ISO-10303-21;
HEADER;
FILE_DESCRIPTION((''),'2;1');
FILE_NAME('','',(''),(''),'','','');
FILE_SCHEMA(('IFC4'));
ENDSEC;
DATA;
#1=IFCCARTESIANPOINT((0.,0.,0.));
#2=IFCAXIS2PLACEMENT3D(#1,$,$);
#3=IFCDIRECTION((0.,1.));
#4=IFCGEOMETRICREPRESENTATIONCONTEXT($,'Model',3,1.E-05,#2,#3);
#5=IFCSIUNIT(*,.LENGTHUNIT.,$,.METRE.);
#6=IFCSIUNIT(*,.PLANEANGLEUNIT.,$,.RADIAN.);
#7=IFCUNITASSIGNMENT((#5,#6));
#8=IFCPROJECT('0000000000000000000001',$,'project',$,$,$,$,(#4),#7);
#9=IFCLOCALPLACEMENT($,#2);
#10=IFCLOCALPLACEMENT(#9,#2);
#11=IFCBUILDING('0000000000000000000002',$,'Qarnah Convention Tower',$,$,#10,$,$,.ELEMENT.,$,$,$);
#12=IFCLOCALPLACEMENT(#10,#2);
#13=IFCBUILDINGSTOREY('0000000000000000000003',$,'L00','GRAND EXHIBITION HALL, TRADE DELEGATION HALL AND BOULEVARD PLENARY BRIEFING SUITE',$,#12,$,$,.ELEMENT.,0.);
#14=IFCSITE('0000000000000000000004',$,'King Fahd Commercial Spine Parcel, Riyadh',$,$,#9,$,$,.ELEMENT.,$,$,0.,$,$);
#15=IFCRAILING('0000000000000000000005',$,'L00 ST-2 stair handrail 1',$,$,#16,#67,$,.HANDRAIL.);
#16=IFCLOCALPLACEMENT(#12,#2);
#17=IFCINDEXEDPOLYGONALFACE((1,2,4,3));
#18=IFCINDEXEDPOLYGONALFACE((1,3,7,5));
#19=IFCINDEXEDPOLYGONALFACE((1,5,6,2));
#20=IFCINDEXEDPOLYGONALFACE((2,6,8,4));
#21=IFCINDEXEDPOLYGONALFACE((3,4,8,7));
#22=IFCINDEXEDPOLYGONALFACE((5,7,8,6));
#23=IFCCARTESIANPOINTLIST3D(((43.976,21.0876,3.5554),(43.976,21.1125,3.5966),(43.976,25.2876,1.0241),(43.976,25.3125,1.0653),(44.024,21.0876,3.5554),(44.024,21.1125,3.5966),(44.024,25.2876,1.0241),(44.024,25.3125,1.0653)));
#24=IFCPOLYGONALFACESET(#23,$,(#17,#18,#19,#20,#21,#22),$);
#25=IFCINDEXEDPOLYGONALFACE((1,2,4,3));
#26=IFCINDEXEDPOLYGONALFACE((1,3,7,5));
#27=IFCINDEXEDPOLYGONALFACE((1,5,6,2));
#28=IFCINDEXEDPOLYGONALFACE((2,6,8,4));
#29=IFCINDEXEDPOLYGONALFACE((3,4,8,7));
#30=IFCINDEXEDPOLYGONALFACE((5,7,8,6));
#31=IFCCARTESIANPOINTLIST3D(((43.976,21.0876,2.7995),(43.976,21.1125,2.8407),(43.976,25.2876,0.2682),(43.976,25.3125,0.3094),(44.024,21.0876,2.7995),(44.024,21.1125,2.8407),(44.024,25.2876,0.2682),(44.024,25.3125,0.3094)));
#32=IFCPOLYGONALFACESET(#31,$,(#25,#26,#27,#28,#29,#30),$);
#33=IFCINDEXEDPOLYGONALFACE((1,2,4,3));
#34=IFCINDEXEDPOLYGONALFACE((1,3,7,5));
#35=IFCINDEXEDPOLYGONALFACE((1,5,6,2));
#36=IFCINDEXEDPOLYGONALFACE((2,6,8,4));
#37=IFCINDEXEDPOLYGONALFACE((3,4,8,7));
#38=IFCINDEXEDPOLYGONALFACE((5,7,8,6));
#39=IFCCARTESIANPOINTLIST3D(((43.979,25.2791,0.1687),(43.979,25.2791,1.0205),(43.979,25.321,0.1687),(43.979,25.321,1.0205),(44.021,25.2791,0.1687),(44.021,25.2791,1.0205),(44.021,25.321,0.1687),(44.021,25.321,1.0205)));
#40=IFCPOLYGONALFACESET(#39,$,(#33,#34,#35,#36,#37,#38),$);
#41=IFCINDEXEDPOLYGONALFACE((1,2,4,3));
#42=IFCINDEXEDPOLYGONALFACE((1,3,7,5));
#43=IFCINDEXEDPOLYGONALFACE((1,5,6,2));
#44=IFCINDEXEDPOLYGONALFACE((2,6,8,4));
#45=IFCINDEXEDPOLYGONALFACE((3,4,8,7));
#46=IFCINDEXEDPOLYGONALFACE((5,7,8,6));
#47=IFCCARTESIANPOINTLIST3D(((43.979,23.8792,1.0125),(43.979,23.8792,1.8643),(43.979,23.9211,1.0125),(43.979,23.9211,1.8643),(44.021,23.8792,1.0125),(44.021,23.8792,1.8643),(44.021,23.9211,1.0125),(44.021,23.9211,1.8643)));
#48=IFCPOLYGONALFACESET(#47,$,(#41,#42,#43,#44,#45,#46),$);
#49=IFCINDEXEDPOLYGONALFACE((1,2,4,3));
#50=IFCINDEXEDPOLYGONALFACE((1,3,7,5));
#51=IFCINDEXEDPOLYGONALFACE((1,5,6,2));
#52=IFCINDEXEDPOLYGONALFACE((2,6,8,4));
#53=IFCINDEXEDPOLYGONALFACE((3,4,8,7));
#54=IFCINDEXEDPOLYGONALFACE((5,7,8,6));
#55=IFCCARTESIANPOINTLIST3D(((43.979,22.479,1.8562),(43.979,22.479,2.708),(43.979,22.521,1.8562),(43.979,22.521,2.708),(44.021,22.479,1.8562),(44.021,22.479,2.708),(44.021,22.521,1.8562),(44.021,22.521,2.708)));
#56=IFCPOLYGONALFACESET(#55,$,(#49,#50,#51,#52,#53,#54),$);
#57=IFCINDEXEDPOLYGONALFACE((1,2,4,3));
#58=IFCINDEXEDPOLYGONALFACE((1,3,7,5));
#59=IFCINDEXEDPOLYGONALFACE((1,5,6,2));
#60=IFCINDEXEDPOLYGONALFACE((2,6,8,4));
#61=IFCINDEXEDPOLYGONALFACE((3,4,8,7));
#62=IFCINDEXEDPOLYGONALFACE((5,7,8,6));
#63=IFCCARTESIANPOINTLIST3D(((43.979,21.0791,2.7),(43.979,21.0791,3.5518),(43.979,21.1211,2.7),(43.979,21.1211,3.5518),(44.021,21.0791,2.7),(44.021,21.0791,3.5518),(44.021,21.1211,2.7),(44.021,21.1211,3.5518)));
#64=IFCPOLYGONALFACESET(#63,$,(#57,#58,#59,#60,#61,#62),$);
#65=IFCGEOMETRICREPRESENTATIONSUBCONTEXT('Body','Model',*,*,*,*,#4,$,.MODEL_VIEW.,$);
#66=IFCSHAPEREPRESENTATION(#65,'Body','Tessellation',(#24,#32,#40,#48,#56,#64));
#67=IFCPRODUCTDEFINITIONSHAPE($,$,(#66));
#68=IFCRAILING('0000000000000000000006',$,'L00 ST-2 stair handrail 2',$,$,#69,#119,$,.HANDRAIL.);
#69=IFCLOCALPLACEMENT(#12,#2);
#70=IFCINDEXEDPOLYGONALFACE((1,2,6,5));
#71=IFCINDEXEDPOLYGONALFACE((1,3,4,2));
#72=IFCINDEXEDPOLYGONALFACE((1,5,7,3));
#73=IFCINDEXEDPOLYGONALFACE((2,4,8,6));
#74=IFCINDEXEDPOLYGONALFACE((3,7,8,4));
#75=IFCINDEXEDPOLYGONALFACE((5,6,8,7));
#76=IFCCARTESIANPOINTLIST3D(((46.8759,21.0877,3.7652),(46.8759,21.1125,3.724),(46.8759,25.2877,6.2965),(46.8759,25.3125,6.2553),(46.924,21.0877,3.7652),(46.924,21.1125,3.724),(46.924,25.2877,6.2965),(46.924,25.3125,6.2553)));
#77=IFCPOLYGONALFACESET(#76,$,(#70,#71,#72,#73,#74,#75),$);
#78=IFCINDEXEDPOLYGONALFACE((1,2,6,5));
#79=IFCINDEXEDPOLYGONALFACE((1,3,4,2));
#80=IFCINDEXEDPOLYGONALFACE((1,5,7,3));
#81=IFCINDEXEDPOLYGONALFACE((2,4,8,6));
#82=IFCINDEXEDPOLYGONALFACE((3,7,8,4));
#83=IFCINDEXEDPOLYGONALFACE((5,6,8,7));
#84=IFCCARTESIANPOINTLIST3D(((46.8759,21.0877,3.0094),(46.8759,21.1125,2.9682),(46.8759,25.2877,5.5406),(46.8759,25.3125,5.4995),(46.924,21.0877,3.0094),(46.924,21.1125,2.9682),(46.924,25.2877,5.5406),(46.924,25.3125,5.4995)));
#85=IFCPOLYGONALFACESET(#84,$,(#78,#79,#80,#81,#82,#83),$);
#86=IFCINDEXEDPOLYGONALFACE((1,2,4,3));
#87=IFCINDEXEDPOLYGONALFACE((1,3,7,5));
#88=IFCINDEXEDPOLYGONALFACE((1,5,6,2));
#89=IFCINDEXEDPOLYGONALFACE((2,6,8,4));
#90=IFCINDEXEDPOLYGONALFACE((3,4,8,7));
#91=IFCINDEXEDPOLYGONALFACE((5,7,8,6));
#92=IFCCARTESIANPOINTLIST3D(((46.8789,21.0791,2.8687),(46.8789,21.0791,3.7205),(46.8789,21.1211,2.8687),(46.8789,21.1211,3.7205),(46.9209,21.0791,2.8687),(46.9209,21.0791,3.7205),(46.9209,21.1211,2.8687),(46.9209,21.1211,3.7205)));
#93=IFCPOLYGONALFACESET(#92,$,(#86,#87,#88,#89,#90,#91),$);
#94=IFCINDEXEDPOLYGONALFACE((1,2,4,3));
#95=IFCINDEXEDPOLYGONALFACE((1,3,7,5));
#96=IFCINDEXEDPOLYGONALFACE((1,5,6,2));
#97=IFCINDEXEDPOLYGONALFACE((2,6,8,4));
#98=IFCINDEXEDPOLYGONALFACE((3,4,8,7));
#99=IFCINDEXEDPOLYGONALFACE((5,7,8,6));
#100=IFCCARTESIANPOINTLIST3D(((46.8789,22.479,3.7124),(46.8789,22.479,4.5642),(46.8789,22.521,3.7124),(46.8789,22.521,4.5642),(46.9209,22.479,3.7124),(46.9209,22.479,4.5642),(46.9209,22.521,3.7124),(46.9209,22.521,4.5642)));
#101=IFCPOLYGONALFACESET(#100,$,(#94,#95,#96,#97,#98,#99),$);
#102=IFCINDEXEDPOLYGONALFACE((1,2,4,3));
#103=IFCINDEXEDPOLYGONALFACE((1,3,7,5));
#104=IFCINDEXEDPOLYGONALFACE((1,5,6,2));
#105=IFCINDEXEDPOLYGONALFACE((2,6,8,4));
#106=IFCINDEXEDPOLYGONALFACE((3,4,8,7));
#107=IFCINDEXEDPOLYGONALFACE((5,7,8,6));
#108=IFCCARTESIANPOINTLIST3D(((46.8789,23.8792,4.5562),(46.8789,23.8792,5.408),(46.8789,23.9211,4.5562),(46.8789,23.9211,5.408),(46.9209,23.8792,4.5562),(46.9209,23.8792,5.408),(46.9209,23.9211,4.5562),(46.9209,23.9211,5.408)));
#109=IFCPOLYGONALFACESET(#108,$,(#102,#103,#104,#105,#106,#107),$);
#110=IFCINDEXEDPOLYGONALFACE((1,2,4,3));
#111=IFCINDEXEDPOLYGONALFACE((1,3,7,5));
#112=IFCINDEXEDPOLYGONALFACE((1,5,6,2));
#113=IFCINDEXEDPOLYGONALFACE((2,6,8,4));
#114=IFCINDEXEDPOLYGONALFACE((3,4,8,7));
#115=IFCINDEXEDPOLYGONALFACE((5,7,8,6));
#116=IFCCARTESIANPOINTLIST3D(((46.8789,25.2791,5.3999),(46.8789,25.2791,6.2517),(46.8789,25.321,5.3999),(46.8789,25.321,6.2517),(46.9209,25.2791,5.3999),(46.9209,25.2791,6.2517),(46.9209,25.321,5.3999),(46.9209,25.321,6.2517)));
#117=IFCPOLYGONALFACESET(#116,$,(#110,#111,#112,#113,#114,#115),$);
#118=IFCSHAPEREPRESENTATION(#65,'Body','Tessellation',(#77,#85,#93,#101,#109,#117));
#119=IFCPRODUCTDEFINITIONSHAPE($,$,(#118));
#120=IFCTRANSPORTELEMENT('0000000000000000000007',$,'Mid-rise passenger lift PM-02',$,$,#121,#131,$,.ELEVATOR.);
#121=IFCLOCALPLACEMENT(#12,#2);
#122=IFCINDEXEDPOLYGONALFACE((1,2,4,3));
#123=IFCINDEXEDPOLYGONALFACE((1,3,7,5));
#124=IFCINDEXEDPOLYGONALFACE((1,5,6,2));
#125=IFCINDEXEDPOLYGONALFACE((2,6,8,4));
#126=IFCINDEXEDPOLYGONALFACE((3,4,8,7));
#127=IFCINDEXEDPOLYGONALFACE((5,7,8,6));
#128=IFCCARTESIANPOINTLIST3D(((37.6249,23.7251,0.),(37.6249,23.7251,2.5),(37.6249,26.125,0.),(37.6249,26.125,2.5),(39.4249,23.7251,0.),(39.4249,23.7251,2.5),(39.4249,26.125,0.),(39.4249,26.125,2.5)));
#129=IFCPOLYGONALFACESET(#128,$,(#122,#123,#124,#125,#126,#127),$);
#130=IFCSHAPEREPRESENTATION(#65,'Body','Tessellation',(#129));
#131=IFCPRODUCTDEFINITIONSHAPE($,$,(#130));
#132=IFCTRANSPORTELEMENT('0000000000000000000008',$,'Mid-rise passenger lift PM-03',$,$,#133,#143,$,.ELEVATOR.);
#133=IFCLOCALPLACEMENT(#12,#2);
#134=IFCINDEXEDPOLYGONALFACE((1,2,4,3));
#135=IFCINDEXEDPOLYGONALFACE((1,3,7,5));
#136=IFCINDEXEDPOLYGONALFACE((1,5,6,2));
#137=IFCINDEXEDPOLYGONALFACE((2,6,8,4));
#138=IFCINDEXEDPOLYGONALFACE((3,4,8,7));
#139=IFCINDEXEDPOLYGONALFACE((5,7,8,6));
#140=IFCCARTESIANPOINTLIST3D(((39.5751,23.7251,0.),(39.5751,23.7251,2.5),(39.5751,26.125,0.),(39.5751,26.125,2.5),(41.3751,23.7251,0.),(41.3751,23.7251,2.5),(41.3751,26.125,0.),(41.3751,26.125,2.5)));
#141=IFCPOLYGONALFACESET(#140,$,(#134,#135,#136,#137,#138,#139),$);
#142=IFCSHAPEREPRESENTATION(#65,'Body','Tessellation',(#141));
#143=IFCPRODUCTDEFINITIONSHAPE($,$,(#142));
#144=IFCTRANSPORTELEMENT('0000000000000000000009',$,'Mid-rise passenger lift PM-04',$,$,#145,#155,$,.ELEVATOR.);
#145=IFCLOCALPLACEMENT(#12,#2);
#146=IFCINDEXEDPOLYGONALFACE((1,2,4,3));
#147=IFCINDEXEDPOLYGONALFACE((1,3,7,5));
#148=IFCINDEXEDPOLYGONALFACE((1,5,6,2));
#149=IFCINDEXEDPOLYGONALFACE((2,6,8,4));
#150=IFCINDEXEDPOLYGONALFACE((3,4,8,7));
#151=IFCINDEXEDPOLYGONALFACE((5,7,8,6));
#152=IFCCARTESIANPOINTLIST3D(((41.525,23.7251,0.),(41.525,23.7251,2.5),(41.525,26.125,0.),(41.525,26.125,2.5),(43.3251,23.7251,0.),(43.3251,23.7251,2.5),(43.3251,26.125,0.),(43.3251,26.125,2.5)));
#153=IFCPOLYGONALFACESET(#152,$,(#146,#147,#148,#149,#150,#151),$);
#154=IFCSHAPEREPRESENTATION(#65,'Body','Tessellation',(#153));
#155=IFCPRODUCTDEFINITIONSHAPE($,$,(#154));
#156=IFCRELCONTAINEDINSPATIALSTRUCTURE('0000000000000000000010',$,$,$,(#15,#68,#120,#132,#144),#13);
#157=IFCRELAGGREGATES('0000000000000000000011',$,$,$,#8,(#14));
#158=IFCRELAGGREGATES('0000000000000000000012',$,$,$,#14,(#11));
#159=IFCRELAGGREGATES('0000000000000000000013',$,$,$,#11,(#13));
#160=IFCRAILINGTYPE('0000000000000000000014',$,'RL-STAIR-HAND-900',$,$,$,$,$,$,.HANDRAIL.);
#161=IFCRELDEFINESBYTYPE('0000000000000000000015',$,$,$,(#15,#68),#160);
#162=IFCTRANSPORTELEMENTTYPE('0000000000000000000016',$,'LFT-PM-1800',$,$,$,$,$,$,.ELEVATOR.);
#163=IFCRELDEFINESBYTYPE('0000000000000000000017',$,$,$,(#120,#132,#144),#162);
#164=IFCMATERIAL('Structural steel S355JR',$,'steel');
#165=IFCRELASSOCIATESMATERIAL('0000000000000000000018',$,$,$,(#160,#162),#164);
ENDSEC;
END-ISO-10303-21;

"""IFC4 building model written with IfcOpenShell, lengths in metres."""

from ifc_helpers import new_model, si_unit, direction, frame, origin, origin_2d, place, context, subcontext, project, spatial, rectangle, extrude, material, type_object, element, save


model = new_model("IFC4")

# Units and contexts
model_context = context("Model", 3, precision=1e-05, world=origin(), true_north=direction((0.0, 1.0)))
body_context = subcontext(model_context, "Body", "Model", "MODEL_VIEW")
ifc_project = project(units=[si_unit("LENGTHUNIT", "METRE"), si_unit("PLANEANGLEUNIT", "RADIAN")], contexts=[model_context])

# Site, building, storey
site_placement = place(None, origin())
site = spatial("IfcSite", under=ifc_project, at=site_placement, Name="King Fahd Commercial Spine Parcel, Riyadh", CompositionType="ELEMENT", RefElevation=0.0)
building_placement = place(site_placement, origin())
building = spatial("IfcBuilding", under=site, at=building_placement, Name="Qarnah Convention Tower", CompositionType="ELEMENT")
storey_placement = place(building_placement, origin())
storey = spatial("IfcBuildingStorey", under=building, at=storey_placement, Name="L00", Description="GRAND EXHIBITION HALL, TRADE DELEGATION HALL AND BOULEVARD PLENARY BRIEFING SUITE", CompositionType="ELEMENT", Elevation=0.0)

# Shared definitions
ifc_material_1 = material(Name="Structural steel S355JR", Category="steel")

# Railings
railing_type_1 = type_object("IfcRailingType", Name="RL-STAIR-HAND-900", PredefinedType="HANDRAIL", material=ifc_material_1)
railing_1_placement = place(storey_placement, frame((44.0, 25.3, 0.1687)))
element("IfcRailing", 1, at=railing_1_placement, inside=storey, type_object=railing_type_1, Name="L00 ST-2 stair handrail 1", PredefinedType="HANDRAIL", context=body_context, shape_type="SweptSolid", body=[
    extrude(rectangle(XDim=0.0481, YDim=0.0481, at=origin_2d()), frame((0.0, 0.0, 0.876), z_axis=(0.0, -0.856476, 0.516186), x_axis=(1.0, 0.0, 0.0)), (0.0, 0.0, 1.0), 4.9038),
    extrude(rectangle(XDim=0.0481, YDim=0.0481, at=origin_2d()), frame((0.0, 0.0, 0.1201), z_axis=(0.0, -0.856476, 0.516186), x_axis=(1.0, 0.0, 0.0)), (0.0, 0.0, 1.0), 4.9038),
    extrude(rectangle(XDim=0.042, YDim=0.042, at=origin_2d()), origin(), (0.0, 0.0, 1.0), 0.8518),
    extrude(rectangle(XDim=0.042, YDim=0.042, at=origin_2d()), frame((0.0, -1.3999, 0.8438)), (0.0, 0.0, 1.0), 0.8518),
    extrude(rectangle(XDim=0.042, YDim=0.042, at=origin_2d()), frame((0.0, -2.8, 1.6875)), (0.0, 0.0, 1.0), 0.8518),
    extrude(rectangle(XDim=0.042, YDim=0.042, at=origin_2d()), frame((0.0, -4.2, 2.5312)), (0.0, 0.0, 1.0), 0.8518),
])
railing_2_placement = place(storey_placement, frame((46.8999, 21.1001, 2.8687)))
element("IfcRailing", 2, at=railing_2_placement, inside=storey, type_object=railing_type_1, Name="L00 ST-2 stair handrail 2", PredefinedType="HANDRAIL", context=body_context, shape_type="SweptSolid", body=[
    extrude(rectangle(XDim=0.0481, YDim=0.0481, at=origin_2d()), frame((0.0, 0.0, 0.876), z_axis=(0.0, 0.856476, 0.516186), x_axis=(-1.0, 0.0, 0.0)), (0.0, 0.0, 1.0), 4.9038),
    extrude(rectangle(XDim=0.0481, YDim=0.0481, at=origin_2d()), frame((0.0, 0.0, 0.1201), z_axis=(0.0, 0.856476, 0.516186), x_axis=(-1.0, 0.0, 0.0)), (0.0, 0.0, 1.0), 4.9038),
    extrude(rectangle(XDim=0.042, YDim=0.042, at=origin_2d()), origin(), (0.0, 0.0, 1.0), 0.8518),
    extrude(rectangle(XDim=0.042, YDim=0.042, at=origin_2d()), frame((0.0, 1.3999, 0.8438)), (0.0, 0.0, 1.0), 0.8518),
    extrude(rectangle(XDim=0.042, YDim=0.042, at=origin_2d()), frame((0.0, 2.8, 1.6875)), (0.0, 0.0, 1.0), 0.8518),
    extrude(rectangle(XDim=0.042, YDim=0.042, at=origin_2d()), frame((0.0, 4.2, 2.5312)), (0.0, 0.0, 1.0), 0.8518),
])

# Transport elements
transport_element_type = type_object("IfcTransportElementType", Name="LFT-PM-1800", PredefinedType="ELEVATOR", material=ifc_material_1)
for number, where, z_axis, x_axis, name in (
    (3, (38.5249, 24.925, 0.0), (0.0, 0.0, 1.0), (1.0, 0.0, 0.0), "Mid-rise passenger lift PM-02"),
    (4, (40.4751, 24.925, 0.0), (0.0, 0.0, 1.0), (1.0, 0.0, 0.0), "Mid-rise passenger lift PM-03"),
    (5, (42.425, 24.925, 0.0), (0.0, 0.0, 1.0), (1.0, 0.0, 0.0), "Mid-rise passenger lift PM-04"),
):
    element("IfcTransportElement", number, at=place(storey_placement, frame(where, z_axis=z_axis, x_axis=x_axis)), inside=storey, type_object=transport_element_type, Name=name, PredefinedType="ELEVATOR", context=body_context, shape_type="SweptSolid", body=[
        extrude(rectangle(XDim=1.8, YDim=2.3999, at=origin_2d()), origin(), (0.0, 0.0, 1.0), 2.5),
    ])

save(model, "model.ifc")
